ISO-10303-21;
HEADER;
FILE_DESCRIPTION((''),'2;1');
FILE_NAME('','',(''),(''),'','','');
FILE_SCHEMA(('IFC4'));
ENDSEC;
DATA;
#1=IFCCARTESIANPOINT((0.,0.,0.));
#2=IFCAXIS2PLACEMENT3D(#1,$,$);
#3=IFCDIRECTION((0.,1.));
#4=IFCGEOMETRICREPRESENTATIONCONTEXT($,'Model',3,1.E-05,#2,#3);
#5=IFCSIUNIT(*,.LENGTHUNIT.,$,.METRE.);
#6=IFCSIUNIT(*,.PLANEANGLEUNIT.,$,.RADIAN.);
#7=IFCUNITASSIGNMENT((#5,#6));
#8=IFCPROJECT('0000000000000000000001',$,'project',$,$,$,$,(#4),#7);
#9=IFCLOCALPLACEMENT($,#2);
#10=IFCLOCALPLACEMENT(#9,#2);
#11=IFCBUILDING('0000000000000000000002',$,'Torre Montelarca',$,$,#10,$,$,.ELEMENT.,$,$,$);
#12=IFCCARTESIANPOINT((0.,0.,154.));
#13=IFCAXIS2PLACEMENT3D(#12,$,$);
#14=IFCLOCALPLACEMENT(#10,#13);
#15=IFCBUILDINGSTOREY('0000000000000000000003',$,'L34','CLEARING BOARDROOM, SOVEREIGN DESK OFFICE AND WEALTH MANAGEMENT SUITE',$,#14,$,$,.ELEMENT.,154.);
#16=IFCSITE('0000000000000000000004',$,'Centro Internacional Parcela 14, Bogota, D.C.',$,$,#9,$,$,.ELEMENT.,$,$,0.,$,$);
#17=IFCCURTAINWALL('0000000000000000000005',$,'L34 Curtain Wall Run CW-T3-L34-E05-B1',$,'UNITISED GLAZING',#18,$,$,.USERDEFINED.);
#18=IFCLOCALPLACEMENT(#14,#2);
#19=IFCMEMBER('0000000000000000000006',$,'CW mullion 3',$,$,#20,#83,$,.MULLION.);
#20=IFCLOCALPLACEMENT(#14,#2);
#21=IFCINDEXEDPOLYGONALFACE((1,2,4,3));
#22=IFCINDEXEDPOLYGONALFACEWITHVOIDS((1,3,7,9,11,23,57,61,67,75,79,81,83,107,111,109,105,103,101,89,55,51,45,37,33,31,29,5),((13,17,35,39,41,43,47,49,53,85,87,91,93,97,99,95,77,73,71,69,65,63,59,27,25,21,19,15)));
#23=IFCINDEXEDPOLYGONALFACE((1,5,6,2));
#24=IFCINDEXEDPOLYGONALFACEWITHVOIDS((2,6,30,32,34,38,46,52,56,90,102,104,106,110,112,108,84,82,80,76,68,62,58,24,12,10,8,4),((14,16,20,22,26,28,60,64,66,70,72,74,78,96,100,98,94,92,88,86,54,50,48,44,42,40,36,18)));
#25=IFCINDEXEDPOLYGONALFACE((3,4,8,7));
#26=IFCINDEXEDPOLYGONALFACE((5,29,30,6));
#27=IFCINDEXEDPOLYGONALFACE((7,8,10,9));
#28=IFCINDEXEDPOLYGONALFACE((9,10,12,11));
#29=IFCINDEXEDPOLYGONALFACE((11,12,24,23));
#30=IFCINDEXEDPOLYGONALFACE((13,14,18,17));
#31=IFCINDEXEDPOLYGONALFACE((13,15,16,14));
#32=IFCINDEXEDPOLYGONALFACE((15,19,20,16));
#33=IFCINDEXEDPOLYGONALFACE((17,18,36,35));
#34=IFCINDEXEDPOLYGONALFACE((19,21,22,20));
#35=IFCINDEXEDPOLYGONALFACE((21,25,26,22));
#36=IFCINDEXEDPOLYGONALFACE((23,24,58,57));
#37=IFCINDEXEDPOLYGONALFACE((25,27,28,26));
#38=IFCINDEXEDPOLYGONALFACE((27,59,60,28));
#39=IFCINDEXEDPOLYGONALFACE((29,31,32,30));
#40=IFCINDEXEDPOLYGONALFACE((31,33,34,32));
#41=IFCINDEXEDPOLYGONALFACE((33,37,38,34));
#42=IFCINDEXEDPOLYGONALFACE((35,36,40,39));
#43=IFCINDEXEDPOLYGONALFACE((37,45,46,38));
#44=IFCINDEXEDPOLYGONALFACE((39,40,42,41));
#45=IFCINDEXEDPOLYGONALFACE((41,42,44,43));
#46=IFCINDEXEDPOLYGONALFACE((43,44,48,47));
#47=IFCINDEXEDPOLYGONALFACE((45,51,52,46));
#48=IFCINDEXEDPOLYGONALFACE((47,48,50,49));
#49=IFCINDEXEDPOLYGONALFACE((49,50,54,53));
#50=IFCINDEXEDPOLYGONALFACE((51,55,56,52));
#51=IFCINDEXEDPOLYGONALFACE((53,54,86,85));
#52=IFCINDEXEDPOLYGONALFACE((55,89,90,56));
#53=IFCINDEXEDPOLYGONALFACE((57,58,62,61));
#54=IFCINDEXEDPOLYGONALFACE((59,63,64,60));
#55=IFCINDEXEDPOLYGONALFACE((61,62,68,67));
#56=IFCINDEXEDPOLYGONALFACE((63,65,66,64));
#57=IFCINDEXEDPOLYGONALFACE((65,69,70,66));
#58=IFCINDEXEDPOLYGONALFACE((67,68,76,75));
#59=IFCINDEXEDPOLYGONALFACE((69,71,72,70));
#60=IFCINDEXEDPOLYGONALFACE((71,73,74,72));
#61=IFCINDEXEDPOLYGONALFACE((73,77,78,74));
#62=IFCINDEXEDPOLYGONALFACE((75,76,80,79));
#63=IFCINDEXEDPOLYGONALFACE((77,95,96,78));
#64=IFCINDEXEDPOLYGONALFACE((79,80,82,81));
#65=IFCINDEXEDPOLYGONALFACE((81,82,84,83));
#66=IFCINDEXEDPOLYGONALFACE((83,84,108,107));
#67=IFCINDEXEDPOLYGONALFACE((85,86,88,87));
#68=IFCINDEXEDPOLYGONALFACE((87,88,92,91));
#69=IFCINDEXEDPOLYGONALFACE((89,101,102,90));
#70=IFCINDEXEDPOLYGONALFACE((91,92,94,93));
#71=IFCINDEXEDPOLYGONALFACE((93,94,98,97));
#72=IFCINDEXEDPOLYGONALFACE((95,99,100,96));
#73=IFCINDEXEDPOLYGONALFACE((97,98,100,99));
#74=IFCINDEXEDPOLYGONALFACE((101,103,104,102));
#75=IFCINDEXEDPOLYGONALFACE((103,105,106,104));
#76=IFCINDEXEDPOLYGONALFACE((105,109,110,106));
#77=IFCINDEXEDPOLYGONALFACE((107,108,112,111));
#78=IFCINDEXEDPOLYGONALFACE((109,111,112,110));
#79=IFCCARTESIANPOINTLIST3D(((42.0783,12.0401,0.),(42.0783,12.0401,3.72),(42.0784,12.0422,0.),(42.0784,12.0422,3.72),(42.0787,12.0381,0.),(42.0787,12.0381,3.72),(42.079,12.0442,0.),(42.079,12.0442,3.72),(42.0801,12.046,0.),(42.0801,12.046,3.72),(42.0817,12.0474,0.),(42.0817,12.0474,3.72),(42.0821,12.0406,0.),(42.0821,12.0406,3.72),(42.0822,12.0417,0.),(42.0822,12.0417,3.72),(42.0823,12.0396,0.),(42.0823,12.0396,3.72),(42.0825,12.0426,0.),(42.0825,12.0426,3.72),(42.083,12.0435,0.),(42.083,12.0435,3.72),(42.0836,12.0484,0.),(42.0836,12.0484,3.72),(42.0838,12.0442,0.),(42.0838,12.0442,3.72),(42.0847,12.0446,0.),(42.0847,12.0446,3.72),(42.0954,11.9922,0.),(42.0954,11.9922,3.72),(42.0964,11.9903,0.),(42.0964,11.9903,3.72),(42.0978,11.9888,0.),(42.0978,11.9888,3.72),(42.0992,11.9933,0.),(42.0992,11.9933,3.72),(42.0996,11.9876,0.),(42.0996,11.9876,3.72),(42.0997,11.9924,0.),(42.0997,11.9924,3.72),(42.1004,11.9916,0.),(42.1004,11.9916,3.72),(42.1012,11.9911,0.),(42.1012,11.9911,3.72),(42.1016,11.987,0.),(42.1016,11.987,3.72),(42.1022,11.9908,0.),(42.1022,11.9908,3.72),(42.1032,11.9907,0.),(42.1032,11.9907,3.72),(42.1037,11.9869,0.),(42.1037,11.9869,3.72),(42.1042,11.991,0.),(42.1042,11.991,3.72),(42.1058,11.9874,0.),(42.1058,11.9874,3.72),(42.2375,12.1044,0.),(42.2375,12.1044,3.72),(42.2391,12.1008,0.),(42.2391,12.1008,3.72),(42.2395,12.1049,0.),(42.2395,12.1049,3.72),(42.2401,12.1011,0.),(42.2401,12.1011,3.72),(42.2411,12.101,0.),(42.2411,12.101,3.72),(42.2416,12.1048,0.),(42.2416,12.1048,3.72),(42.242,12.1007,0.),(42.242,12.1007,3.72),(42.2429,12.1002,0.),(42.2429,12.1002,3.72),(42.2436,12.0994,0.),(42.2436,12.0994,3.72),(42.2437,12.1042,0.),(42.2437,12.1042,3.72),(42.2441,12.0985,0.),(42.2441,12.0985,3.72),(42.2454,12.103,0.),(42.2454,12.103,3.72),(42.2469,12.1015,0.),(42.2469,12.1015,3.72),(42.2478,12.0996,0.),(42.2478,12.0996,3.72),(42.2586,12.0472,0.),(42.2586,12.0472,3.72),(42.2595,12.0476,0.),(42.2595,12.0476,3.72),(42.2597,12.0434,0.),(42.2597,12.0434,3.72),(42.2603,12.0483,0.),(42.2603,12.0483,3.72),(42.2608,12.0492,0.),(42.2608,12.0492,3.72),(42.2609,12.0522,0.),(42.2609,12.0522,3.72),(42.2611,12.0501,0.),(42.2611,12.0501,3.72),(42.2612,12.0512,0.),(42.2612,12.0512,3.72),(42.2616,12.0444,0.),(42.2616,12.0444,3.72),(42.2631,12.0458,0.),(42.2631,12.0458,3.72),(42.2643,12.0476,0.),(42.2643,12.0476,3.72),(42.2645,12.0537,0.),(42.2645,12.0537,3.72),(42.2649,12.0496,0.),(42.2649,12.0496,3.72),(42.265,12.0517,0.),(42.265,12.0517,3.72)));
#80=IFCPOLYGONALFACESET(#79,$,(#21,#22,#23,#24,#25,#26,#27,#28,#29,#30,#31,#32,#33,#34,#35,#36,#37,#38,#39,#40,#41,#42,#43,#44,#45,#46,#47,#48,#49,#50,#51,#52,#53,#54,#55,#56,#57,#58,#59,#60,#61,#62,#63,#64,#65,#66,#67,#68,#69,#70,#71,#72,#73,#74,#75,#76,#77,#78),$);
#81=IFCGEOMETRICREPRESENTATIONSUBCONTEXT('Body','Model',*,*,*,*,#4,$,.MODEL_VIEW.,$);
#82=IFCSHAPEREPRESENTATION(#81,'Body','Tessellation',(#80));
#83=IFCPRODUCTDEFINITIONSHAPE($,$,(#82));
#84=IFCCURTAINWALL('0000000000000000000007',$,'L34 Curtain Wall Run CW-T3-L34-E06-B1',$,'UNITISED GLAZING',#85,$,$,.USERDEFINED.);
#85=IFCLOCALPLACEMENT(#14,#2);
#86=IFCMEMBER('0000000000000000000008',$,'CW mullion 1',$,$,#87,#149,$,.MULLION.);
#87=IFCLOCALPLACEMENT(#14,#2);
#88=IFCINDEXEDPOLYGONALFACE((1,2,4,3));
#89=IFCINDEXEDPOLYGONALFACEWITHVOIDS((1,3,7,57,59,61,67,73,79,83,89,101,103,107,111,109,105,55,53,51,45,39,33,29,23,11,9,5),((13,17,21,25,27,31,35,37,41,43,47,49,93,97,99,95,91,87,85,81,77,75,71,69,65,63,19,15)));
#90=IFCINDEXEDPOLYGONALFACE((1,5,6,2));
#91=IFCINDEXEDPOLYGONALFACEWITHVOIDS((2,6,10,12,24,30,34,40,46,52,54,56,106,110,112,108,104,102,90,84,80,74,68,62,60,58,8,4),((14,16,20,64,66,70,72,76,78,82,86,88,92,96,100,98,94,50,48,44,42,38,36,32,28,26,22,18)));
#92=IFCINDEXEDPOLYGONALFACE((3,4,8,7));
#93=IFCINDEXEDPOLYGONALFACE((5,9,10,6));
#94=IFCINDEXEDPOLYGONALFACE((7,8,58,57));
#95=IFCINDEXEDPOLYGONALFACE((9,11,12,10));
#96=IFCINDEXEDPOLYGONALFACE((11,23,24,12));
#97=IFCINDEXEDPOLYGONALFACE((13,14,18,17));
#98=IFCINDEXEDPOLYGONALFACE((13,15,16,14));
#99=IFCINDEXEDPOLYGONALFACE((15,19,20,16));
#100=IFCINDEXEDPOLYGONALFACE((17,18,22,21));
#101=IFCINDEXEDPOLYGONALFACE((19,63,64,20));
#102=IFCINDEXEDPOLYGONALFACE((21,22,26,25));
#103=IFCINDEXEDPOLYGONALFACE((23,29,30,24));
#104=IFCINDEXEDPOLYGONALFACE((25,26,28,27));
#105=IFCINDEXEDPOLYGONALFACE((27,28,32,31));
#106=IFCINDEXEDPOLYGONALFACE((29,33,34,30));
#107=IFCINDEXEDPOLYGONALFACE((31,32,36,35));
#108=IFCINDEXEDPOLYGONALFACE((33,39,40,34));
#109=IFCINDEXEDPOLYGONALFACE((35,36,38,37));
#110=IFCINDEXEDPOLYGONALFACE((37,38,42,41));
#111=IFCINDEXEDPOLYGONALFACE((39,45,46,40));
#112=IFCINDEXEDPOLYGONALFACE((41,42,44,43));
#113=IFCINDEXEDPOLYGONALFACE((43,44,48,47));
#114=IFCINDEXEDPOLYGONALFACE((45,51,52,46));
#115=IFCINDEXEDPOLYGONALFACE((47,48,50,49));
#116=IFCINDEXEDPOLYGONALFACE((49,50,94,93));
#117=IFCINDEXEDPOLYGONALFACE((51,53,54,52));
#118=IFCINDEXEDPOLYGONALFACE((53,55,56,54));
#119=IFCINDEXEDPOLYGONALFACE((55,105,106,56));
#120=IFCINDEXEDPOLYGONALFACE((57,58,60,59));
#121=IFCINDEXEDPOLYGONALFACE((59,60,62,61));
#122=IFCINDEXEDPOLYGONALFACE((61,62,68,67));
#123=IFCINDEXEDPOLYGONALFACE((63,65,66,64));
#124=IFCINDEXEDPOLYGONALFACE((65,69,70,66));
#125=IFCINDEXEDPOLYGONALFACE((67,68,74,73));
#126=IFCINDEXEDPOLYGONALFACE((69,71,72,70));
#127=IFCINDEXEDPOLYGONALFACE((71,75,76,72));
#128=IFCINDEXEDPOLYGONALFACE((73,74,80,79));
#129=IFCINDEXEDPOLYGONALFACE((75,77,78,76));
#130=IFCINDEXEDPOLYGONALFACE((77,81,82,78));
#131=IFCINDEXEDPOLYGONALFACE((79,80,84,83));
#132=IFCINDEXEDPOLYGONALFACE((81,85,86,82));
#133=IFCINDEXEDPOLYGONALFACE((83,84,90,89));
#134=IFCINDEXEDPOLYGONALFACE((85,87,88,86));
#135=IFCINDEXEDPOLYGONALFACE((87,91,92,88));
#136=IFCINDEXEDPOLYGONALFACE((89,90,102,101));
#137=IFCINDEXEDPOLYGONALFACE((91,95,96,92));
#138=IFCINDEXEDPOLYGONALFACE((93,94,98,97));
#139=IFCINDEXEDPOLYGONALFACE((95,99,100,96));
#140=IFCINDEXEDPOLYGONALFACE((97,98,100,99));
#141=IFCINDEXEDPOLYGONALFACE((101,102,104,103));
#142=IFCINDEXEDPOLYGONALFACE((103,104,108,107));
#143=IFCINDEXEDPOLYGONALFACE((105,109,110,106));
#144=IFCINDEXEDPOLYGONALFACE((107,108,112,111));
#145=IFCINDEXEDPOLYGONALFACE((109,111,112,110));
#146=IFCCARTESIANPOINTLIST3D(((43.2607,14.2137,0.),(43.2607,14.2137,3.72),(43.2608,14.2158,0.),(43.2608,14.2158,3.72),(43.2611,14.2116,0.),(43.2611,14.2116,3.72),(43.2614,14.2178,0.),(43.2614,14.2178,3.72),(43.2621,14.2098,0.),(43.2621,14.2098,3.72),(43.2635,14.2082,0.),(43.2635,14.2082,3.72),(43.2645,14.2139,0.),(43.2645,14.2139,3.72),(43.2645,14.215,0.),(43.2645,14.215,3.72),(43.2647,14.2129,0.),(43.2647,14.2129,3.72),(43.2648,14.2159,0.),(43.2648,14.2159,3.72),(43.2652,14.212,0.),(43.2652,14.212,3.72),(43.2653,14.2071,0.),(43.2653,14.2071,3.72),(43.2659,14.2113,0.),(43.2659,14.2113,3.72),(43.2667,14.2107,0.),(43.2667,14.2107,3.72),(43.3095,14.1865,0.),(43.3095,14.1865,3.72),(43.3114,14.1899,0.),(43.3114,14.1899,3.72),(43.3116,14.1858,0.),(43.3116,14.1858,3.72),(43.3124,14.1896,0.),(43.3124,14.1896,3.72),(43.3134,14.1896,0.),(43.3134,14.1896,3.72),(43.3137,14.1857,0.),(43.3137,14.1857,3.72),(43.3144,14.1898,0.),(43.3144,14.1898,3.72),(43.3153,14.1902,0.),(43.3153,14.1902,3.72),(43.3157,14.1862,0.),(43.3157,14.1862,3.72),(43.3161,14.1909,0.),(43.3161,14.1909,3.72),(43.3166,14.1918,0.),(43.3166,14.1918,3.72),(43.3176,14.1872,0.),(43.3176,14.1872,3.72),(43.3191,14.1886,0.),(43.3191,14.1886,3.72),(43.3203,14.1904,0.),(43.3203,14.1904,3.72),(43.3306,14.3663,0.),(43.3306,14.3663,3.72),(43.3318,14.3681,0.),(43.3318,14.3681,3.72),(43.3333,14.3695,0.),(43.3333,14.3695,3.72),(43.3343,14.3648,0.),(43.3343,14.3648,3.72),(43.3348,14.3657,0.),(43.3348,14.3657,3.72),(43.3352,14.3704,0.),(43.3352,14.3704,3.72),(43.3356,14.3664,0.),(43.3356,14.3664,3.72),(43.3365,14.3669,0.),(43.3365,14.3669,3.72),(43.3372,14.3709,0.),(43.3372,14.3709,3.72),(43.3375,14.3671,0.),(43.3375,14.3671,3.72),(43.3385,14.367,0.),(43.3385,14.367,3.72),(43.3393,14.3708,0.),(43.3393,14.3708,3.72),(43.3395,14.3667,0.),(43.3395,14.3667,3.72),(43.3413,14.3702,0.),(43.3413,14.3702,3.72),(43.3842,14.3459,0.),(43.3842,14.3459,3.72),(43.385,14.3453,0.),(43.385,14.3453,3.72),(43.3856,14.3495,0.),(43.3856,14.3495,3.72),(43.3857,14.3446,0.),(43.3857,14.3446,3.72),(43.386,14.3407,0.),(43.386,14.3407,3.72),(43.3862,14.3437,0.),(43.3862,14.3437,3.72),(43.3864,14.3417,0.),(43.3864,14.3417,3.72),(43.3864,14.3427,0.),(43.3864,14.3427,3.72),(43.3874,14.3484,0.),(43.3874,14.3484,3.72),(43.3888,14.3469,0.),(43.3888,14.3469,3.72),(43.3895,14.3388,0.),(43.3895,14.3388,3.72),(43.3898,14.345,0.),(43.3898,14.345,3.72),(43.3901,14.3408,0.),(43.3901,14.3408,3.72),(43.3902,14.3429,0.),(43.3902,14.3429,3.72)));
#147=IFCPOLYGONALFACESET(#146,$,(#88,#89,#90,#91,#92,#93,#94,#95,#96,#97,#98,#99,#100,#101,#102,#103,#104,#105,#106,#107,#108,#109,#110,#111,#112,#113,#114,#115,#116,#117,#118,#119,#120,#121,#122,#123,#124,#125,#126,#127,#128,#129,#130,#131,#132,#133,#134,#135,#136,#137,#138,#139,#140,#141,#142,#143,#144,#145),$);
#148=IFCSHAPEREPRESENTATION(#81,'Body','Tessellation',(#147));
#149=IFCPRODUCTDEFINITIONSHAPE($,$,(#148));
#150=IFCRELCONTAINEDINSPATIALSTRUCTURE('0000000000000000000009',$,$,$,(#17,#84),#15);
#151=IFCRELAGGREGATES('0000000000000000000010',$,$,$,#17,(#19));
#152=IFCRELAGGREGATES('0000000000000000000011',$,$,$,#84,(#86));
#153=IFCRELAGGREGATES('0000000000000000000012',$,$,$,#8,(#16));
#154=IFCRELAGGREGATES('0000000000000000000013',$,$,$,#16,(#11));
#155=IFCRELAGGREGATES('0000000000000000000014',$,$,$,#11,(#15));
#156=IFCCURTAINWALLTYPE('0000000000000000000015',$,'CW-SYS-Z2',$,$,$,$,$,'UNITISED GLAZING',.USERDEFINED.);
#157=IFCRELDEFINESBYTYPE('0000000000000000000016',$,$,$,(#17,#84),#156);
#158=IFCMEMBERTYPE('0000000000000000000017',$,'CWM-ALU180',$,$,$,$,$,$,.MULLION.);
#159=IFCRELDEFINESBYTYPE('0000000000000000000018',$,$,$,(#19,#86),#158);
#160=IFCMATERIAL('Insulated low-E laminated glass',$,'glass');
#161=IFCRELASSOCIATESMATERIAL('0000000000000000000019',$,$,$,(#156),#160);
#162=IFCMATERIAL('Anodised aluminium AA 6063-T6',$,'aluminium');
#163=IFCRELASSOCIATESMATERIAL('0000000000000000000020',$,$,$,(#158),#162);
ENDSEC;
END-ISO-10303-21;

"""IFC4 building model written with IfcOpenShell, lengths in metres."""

from ifc_helpers import new_model, si_unit, direction, frame, origin, origin_2d, place, context, subcontext, project, spatial, hollow_rectangle, extrude, source, transform, mapped, material, material_profile, profile_set, type_object, element, aggregate, save


model = new_model("IFC4")

# Units and contexts
model_context = context("Model", 3, precision=1e-05, world=origin(), true_north=direction((0.0, 1.0)))
body_context = subcontext(model_context, "Body", "Model", "MODEL_VIEW")
ifc_project = project(units=[si_unit("LENGTHUNIT", "METRE"), si_unit("PLANEANGLEUNIT", "RADIAN")], contexts=[model_context])

# Site, building, storey
site_placement = place(None, origin())
site = spatial("IfcSite", under=ifc_project, at=site_placement, Name="Centro Internacional Parcela 14, Bogota, D.C.", CompositionType="ELEMENT", RefElevation=0.0)
building_placement = place(site_placement, origin())
building = spatial("IfcBuilding", under=site, at=building_placement, Name="Torre Montelarca", CompositionType="ELEMENT")
storey_placement = place(building_placement, frame((0.0, 0.0, 154.0)))
storey = spatial("IfcBuildingStorey", under=building, at=storey_placement, Name="L34", Description="CLEARING BOARDROOM, SOVEREIGN DESK OFFICE AND WEALTH MANAGEMENT SUITE", CompositionType="ELEMENT", Elevation=154.0)

# Curtain walls, members
ifc_material_1 = material(Name="Insulated low-E laminated glass", Category="glass")
curtain_wall_type = type_object("IfcCurtainWallType", Name="CW-SYS-Z2", ElementType="UNITISED GLAZING", PredefinedType="USERDEFINED", material=ifc_material_1)
curtain_wall_1_placement = place(storey_placement, origin())
curtain_wall_1 = element("IfcCurtainWall", 1, at=curtain_wall_1_placement, inside=storey, type_object=curtain_wall_type, Name="L34 Curtain Wall Run CW-T3-L34-E05-B1", ObjectType="UNITISED GLAZING", PredefinedType="USERDEFINED")
ifc_material_2 = material(Name="Anodised aluminium AA 6063-T6", Category="aluminium")
ifc_material_profile_1 = material_profile(ifc_material_2, hollow_rectangle(XDim=0.0649, YDim=0.1799, WallThickness=0.0039, InnerFilletRadius=0.0039, OuterFilletRadius=0.0081, at=origin_2d()), Name="ALU65X180X4", Category="aluminium")
ifc_profile_set_1 = profile_set([ifc_material_profile_1], Name="Anodised aluminium AA 6063-T6")
member_type_1 = type_object("IfcMemberType", Name="CWM-ALU180", PredefinedType="MULLION", material=ifc_profile_set_1)
shared_shape_1 = source(origin(), body_context, "Body", "SweptSolid", [
    extrude(hollow_rectangle(XDim=0.0649, YDim=0.1799, WallThickness=0.0039, InnerFilletRadius=0.0039, OuterFilletRadius=0.0081, at=origin_2d()), origin(), (0.0, 0.0, 1.0), 3.72),
])
member_1_placement = place(storey_placement, frame((42.1716, 12.0459, 0.0), z_axis=(0.0, 0.0, 1.0), x_axis=(-0.342016, 0.939694, 0.0)))
member_1 = element("IfcMember", 2, at=member_1_placement, type_object=member_type_1, Name="CW mullion 3", PredefinedType="MULLION", context=body_context, shape_type="MappedRepresentation", body=[
    mapped(shared_shape_1, transform((0.0, 0.0, 0.0), scale=1.0)),
])
curtain_wall_2_placement = place(storey_placement, origin())
curtain_wall_2 = element("IfcCurtainWall", 3, at=curtain_wall_2_placement, inside=storey, type_object=curtain_wall_type, Name="L34 Curtain Wall Run CW-T3-L34-E06-B1", ObjectType="UNITISED GLAZING", PredefinedType="USERDEFINED")
member_2_placement = place(storey_placement, frame((43.3254, 14.2783, 0.0), z_axis=(0.0, 0.0, 1.0), x_axis=(-0.906307, 0.42262, 0.0)))
member_2 = element("IfcMember", 4, at=member_2_placement, type_object=member_type_1, Name="CW mullion 1", PredefinedType="MULLION", context=body_context, shape_type="MappedRepresentation", body=[
    mapped(shared_shape_1, transform((0.0, 0.0, 0.0), scale=1.0)),
])

aggregate(curtain_wall_1, [member_1])
aggregate(curtain_wall_2, [member_2])

save(model, "model.ifc")
